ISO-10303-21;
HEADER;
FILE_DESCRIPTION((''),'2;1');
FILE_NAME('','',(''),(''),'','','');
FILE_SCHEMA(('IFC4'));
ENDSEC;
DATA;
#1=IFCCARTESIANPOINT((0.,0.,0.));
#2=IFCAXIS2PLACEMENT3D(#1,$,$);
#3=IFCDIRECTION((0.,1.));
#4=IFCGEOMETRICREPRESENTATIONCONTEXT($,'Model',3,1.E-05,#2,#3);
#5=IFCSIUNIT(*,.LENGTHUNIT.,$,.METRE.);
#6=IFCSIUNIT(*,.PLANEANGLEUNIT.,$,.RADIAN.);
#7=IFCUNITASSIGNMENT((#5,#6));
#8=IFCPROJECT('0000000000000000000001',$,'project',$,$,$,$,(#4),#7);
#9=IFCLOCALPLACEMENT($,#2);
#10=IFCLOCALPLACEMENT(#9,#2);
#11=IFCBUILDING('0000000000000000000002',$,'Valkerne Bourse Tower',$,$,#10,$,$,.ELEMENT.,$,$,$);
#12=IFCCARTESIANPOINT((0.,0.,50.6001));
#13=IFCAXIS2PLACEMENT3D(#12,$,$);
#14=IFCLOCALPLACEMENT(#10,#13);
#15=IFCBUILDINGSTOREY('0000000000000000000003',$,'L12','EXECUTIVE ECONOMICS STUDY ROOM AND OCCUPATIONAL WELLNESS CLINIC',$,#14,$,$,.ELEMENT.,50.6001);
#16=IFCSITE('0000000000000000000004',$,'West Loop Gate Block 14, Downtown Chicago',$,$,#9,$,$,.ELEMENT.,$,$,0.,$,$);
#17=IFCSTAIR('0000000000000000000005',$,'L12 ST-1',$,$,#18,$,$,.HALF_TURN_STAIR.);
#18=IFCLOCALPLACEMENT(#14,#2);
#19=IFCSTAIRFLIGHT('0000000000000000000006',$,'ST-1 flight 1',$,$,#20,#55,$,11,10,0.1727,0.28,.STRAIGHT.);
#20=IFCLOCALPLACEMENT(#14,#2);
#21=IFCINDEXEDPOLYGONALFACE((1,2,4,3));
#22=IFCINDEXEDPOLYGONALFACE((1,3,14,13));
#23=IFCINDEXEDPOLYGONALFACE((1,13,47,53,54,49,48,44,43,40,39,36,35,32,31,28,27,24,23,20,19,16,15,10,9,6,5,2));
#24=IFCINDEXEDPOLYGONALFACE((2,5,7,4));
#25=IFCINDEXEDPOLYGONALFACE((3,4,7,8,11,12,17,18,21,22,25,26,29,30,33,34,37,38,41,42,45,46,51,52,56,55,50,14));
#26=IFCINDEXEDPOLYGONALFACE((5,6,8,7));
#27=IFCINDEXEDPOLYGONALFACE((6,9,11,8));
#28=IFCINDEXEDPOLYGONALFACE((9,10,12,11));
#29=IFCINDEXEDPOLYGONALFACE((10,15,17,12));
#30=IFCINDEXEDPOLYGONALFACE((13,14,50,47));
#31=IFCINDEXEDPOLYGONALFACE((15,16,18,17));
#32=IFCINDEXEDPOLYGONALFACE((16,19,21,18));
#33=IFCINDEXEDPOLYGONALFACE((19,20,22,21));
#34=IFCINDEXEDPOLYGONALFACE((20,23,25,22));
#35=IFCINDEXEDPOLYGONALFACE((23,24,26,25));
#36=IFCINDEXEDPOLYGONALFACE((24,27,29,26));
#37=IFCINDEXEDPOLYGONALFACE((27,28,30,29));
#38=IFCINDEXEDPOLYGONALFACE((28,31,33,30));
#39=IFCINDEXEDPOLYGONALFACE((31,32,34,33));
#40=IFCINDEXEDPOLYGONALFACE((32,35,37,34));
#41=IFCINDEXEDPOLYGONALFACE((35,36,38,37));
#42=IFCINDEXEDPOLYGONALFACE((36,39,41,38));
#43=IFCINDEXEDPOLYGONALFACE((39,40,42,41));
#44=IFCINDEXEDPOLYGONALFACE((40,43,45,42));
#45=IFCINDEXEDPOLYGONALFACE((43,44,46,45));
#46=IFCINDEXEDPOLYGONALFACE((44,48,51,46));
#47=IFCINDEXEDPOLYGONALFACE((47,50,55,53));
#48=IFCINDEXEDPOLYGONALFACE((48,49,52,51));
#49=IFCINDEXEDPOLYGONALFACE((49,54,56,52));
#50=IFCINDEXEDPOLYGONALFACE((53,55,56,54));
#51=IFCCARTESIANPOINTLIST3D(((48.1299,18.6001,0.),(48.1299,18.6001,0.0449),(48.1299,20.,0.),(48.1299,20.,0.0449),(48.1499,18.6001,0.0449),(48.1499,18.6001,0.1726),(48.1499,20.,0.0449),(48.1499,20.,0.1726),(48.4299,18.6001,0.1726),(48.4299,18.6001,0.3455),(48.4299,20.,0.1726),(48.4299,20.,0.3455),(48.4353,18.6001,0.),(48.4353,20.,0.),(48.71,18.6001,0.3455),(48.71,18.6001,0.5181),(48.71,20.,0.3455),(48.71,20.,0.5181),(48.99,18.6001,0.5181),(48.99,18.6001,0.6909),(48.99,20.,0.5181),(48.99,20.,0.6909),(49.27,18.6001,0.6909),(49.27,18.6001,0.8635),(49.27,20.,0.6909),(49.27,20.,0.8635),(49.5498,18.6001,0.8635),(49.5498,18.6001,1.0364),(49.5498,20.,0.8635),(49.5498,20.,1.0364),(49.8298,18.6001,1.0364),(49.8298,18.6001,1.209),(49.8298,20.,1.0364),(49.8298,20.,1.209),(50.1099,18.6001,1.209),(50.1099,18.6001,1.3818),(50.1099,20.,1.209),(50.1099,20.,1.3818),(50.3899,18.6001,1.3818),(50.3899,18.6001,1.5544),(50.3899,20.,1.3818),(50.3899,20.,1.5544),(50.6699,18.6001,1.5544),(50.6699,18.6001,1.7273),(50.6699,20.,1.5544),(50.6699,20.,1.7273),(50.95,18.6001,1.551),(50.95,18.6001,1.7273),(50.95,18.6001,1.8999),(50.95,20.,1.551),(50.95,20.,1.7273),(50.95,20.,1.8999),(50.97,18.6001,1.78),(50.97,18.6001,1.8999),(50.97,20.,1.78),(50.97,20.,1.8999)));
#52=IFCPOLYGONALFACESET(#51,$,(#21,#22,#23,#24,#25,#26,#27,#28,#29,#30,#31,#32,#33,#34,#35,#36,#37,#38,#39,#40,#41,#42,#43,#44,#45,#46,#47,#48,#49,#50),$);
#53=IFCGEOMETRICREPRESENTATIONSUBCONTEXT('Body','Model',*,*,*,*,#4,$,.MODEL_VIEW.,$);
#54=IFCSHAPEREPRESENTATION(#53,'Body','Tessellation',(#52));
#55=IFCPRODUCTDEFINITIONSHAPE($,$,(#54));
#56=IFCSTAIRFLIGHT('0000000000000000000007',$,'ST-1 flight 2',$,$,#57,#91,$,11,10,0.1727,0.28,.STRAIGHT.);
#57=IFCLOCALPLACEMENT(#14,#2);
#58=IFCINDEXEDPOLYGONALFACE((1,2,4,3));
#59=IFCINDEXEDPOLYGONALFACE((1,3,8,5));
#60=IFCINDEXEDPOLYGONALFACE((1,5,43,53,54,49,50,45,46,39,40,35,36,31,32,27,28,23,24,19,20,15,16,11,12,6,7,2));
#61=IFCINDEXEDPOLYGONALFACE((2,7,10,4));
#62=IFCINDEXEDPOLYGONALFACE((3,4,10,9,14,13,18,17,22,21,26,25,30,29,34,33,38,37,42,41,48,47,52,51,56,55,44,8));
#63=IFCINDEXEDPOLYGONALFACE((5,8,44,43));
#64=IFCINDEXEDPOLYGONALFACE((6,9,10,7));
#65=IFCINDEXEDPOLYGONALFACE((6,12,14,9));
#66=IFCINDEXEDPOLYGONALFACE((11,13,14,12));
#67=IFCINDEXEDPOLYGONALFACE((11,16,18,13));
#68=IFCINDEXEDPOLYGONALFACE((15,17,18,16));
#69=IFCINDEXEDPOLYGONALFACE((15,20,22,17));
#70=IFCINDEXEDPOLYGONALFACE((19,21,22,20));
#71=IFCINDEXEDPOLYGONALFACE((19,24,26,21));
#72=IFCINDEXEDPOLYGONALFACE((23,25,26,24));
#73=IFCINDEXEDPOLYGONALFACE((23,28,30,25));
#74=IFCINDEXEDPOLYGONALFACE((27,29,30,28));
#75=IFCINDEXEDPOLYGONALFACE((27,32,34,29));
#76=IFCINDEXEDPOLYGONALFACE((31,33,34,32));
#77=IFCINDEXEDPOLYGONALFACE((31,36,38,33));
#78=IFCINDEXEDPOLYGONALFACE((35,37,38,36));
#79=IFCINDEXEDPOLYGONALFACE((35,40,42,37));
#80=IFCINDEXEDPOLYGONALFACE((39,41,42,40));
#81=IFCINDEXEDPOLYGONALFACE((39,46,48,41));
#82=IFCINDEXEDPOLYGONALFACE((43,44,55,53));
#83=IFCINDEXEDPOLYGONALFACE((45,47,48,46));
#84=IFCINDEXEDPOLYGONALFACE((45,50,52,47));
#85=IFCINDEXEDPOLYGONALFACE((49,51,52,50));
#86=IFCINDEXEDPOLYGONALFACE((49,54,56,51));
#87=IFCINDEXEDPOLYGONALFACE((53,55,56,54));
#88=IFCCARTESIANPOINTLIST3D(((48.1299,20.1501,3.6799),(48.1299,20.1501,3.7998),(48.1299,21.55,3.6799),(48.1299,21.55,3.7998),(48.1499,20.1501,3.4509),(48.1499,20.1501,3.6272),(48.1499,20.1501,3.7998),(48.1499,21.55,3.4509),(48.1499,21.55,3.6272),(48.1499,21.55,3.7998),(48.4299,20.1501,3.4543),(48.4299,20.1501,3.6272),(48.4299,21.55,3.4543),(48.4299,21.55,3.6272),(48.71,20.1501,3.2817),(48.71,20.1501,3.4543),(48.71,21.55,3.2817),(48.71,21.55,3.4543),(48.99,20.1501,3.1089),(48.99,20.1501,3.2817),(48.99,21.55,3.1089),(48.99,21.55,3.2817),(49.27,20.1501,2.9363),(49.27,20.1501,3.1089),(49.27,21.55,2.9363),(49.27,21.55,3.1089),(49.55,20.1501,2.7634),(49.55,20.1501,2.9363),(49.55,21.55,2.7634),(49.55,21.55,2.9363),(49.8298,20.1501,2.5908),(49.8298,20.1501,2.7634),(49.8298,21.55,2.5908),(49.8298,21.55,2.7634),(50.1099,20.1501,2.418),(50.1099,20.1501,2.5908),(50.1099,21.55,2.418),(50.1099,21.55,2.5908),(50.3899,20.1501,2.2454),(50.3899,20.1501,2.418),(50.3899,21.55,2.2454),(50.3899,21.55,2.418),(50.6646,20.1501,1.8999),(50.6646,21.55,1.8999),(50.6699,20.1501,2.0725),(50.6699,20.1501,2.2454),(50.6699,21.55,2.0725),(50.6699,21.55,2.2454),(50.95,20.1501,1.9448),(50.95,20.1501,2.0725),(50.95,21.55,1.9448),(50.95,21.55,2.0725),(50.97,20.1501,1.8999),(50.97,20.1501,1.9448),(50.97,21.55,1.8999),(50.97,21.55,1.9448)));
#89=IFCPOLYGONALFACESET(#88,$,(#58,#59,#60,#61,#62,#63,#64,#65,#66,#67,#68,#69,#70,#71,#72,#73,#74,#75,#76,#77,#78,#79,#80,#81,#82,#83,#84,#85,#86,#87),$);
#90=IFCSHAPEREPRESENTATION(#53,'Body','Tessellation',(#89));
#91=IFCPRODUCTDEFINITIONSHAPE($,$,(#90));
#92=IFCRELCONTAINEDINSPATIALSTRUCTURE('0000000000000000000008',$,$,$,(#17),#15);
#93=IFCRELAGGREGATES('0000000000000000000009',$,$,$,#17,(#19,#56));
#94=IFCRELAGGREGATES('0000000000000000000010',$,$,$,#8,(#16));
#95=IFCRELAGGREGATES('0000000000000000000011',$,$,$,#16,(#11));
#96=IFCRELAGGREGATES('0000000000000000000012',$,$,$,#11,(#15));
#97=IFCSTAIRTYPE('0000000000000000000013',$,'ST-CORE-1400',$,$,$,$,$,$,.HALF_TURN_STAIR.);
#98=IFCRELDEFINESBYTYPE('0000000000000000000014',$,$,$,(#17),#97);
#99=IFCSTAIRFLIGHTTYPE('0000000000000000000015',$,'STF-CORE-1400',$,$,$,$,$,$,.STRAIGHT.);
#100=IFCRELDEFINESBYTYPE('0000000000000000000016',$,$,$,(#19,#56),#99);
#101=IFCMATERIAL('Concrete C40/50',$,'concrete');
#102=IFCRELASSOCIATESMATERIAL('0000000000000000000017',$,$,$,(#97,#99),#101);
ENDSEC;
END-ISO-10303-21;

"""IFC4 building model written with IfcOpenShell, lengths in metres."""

from ifc_helpers import new_model, si_unit, direction, frame, origin, place, context, subcontext, project, spatial, polyline, outline, extrude, material, type_object, element, aggregate, save


model = new_model("IFC4")

# Units and contexts
model_context = context("Model", 3, precision=1e-05, world=origin(), true_north=direction((0.0, 1.0)))
body_context = subcontext(model_context, "Body", "Model", "MODEL_VIEW")
ifc_project = project(units=[si_unit("LENGTHUNIT", "METRE"), si_unit("PLANEANGLEUNIT", "RADIAN")], contexts=[model_context])

# Site, building, storey
site_placement = place(None, origin())
site = spatial("IfcSite", under=ifc_project, at=site_placement, Name="West Loop Gate Block 14, Downtown Chicago", CompositionType="ELEMENT", RefElevation=0.0)
building_placement = place(site_placement, origin())
building = spatial("IfcBuilding", under=site, at=building_placement, Name="Valkerne Bourse Tower", CompositionType="ELEMENT")
storey_placement = place(building_placement, frame((0.0, 0.0, 50.6001)))
storey = spatial("IfcBuildingStorey", under=building, at=storey_placement, Name="L12", Description="EXECUTIVE ECONOMICS STUDY ROOM AND OCCUPATIONAL WELLNESS CLINIC", CompositionType="ELEMENT", Elevation=50.6001)

# Stair, stair flights
ifc_material_1 = material(Name="Concrete C40/50", Category="concrete")
stair_type = type_object("IfcStairType", Name="ST-CORE-1400", PredefinedType="HALF_TURN_STAIR", material=ifc_material_1)
stair_placement = place(storey_placement, origin())
stair = element("IfcStair", 1, at=stair_placement, inside=storey, type_object=stair_type, Name="L12 ST-1", PredefinedType="HALF_TURN_STAIR")
stair_flight_type = type_object("IfcStairFlightType", Name="STF-CORE-1400", PredefinedType="STRAIGHT", material=ifc_material_1)
stair_flight_1_placement = place(storey_placement, frame((48.1499, 19.3, 0.0), z_axis=(0.0, 0.0, 1.0), x_axis=(1.0, 0.0, 0.0)))
stair_flight_1 = element("IfcStairFlight", 2, at=stair_flight_1_placement, type_object=stair_flight_type, Name="ST-1 flight 1", NumberOfRisers=11, NumberOfTreads=10, PredefinedType="STRAIGHT", RiserHeight=0.1727, TreadLength=0.28, context=body_context, shape_type="SweptSolid", body=[
    extrude(outline(polyline([(-0.02, 0.0), (-0.02, 0.0449), (0.0, 0.0449), (0.0, 0.1726), (0.28, 0.1726), (0.28, 0.3455), (0.5601, 0.3455), (0.5601, 0.5181), (0.8401, 0.5181), (0.8401, 0.6909), (1.1201, 0.6909), (1.1201, 0.8635), (1.3999, 0.8635), (1.3999, 1.0364), (1.6799, 1.0364), (1.6799, 1.209), (1.96, 1.209), (1.96, 1.3818), (2.24, 1.3818), (2.24, 1.5544), (2.52, 1.5544), (2.52, 1.7273), (2.8, 1.7273), (2.8, 1.8999), (2.8201, 1.8999), (2.8201, 1.78), (2.8, 1.551), (0.2854, 0.0), (-0.02, 0.0)])), frame((0.0, 0.7, 0.0), z_axis=(0.0, -1.0, 0.0), x_axis=(1.0, 0.0, 0.0)), (0.0, 0.0, 1.0), 1.3999),
])
stair_flight_2_placement = place(storey_placement, frame((50.95, 20.8501, 1.8999), z_axis=(0.0, 0.0, 1.0), x_axis=(-1.0, 0.0, 0.0)))
stair_flight_2 = element("IfcStairFlight", 3, at=stair_flight_2_placement, type_object=stair_flight_type, Name="ST-1 flight 2", NumberOfRisers=11, NumberOfTreads=10, PredefinedType="STRAIGHT", RiserHeight=0.1727, TreadLength=0.28, context=body_context, shape_type="SweptSolid", body=[
    extrude(outline(polyline([(-0.02, 0.0), (-0.02, 0.0449), (0.0, 0.0449), (0.0, 0.1726), (0.28, 0.1726), (0.28, 0.3455), (0.5601, 0.3455), (0.5601, 0.5181), (0.8401, 0.5181), (0.8401, 0.6909), (1.1201, 0.6909), (1.1201, 0.8635), (1.3999, 0.8635), (1.3999, 1.0364), (1.6799, 1.0364), (1.6799, 1.209), (1.96, 1.209), (1.96, 1.3818), (2.24, 1.3818), (2.24, 1.5544), (2.52, 1.5544), (2.52, 1.7273), (2.8, 1.7273), (2.8, 1.8999), (2.8201, 1.8999), (2.8201, 1.78), (2.8, 1.551), (0.2854, 0.0), (-0.02, 0.0)])), frame((0.0, 0.7, 0.0), z_axis=(0.0, -1.0, 0.0), x_axis=(1.0, 0.0, 0.0)), (0.0, 0.0, 1.0), 1.3999),
])
aggregate(stair, [stair_flight_1, stair_flight_2])

save(model, "model.ifc")
